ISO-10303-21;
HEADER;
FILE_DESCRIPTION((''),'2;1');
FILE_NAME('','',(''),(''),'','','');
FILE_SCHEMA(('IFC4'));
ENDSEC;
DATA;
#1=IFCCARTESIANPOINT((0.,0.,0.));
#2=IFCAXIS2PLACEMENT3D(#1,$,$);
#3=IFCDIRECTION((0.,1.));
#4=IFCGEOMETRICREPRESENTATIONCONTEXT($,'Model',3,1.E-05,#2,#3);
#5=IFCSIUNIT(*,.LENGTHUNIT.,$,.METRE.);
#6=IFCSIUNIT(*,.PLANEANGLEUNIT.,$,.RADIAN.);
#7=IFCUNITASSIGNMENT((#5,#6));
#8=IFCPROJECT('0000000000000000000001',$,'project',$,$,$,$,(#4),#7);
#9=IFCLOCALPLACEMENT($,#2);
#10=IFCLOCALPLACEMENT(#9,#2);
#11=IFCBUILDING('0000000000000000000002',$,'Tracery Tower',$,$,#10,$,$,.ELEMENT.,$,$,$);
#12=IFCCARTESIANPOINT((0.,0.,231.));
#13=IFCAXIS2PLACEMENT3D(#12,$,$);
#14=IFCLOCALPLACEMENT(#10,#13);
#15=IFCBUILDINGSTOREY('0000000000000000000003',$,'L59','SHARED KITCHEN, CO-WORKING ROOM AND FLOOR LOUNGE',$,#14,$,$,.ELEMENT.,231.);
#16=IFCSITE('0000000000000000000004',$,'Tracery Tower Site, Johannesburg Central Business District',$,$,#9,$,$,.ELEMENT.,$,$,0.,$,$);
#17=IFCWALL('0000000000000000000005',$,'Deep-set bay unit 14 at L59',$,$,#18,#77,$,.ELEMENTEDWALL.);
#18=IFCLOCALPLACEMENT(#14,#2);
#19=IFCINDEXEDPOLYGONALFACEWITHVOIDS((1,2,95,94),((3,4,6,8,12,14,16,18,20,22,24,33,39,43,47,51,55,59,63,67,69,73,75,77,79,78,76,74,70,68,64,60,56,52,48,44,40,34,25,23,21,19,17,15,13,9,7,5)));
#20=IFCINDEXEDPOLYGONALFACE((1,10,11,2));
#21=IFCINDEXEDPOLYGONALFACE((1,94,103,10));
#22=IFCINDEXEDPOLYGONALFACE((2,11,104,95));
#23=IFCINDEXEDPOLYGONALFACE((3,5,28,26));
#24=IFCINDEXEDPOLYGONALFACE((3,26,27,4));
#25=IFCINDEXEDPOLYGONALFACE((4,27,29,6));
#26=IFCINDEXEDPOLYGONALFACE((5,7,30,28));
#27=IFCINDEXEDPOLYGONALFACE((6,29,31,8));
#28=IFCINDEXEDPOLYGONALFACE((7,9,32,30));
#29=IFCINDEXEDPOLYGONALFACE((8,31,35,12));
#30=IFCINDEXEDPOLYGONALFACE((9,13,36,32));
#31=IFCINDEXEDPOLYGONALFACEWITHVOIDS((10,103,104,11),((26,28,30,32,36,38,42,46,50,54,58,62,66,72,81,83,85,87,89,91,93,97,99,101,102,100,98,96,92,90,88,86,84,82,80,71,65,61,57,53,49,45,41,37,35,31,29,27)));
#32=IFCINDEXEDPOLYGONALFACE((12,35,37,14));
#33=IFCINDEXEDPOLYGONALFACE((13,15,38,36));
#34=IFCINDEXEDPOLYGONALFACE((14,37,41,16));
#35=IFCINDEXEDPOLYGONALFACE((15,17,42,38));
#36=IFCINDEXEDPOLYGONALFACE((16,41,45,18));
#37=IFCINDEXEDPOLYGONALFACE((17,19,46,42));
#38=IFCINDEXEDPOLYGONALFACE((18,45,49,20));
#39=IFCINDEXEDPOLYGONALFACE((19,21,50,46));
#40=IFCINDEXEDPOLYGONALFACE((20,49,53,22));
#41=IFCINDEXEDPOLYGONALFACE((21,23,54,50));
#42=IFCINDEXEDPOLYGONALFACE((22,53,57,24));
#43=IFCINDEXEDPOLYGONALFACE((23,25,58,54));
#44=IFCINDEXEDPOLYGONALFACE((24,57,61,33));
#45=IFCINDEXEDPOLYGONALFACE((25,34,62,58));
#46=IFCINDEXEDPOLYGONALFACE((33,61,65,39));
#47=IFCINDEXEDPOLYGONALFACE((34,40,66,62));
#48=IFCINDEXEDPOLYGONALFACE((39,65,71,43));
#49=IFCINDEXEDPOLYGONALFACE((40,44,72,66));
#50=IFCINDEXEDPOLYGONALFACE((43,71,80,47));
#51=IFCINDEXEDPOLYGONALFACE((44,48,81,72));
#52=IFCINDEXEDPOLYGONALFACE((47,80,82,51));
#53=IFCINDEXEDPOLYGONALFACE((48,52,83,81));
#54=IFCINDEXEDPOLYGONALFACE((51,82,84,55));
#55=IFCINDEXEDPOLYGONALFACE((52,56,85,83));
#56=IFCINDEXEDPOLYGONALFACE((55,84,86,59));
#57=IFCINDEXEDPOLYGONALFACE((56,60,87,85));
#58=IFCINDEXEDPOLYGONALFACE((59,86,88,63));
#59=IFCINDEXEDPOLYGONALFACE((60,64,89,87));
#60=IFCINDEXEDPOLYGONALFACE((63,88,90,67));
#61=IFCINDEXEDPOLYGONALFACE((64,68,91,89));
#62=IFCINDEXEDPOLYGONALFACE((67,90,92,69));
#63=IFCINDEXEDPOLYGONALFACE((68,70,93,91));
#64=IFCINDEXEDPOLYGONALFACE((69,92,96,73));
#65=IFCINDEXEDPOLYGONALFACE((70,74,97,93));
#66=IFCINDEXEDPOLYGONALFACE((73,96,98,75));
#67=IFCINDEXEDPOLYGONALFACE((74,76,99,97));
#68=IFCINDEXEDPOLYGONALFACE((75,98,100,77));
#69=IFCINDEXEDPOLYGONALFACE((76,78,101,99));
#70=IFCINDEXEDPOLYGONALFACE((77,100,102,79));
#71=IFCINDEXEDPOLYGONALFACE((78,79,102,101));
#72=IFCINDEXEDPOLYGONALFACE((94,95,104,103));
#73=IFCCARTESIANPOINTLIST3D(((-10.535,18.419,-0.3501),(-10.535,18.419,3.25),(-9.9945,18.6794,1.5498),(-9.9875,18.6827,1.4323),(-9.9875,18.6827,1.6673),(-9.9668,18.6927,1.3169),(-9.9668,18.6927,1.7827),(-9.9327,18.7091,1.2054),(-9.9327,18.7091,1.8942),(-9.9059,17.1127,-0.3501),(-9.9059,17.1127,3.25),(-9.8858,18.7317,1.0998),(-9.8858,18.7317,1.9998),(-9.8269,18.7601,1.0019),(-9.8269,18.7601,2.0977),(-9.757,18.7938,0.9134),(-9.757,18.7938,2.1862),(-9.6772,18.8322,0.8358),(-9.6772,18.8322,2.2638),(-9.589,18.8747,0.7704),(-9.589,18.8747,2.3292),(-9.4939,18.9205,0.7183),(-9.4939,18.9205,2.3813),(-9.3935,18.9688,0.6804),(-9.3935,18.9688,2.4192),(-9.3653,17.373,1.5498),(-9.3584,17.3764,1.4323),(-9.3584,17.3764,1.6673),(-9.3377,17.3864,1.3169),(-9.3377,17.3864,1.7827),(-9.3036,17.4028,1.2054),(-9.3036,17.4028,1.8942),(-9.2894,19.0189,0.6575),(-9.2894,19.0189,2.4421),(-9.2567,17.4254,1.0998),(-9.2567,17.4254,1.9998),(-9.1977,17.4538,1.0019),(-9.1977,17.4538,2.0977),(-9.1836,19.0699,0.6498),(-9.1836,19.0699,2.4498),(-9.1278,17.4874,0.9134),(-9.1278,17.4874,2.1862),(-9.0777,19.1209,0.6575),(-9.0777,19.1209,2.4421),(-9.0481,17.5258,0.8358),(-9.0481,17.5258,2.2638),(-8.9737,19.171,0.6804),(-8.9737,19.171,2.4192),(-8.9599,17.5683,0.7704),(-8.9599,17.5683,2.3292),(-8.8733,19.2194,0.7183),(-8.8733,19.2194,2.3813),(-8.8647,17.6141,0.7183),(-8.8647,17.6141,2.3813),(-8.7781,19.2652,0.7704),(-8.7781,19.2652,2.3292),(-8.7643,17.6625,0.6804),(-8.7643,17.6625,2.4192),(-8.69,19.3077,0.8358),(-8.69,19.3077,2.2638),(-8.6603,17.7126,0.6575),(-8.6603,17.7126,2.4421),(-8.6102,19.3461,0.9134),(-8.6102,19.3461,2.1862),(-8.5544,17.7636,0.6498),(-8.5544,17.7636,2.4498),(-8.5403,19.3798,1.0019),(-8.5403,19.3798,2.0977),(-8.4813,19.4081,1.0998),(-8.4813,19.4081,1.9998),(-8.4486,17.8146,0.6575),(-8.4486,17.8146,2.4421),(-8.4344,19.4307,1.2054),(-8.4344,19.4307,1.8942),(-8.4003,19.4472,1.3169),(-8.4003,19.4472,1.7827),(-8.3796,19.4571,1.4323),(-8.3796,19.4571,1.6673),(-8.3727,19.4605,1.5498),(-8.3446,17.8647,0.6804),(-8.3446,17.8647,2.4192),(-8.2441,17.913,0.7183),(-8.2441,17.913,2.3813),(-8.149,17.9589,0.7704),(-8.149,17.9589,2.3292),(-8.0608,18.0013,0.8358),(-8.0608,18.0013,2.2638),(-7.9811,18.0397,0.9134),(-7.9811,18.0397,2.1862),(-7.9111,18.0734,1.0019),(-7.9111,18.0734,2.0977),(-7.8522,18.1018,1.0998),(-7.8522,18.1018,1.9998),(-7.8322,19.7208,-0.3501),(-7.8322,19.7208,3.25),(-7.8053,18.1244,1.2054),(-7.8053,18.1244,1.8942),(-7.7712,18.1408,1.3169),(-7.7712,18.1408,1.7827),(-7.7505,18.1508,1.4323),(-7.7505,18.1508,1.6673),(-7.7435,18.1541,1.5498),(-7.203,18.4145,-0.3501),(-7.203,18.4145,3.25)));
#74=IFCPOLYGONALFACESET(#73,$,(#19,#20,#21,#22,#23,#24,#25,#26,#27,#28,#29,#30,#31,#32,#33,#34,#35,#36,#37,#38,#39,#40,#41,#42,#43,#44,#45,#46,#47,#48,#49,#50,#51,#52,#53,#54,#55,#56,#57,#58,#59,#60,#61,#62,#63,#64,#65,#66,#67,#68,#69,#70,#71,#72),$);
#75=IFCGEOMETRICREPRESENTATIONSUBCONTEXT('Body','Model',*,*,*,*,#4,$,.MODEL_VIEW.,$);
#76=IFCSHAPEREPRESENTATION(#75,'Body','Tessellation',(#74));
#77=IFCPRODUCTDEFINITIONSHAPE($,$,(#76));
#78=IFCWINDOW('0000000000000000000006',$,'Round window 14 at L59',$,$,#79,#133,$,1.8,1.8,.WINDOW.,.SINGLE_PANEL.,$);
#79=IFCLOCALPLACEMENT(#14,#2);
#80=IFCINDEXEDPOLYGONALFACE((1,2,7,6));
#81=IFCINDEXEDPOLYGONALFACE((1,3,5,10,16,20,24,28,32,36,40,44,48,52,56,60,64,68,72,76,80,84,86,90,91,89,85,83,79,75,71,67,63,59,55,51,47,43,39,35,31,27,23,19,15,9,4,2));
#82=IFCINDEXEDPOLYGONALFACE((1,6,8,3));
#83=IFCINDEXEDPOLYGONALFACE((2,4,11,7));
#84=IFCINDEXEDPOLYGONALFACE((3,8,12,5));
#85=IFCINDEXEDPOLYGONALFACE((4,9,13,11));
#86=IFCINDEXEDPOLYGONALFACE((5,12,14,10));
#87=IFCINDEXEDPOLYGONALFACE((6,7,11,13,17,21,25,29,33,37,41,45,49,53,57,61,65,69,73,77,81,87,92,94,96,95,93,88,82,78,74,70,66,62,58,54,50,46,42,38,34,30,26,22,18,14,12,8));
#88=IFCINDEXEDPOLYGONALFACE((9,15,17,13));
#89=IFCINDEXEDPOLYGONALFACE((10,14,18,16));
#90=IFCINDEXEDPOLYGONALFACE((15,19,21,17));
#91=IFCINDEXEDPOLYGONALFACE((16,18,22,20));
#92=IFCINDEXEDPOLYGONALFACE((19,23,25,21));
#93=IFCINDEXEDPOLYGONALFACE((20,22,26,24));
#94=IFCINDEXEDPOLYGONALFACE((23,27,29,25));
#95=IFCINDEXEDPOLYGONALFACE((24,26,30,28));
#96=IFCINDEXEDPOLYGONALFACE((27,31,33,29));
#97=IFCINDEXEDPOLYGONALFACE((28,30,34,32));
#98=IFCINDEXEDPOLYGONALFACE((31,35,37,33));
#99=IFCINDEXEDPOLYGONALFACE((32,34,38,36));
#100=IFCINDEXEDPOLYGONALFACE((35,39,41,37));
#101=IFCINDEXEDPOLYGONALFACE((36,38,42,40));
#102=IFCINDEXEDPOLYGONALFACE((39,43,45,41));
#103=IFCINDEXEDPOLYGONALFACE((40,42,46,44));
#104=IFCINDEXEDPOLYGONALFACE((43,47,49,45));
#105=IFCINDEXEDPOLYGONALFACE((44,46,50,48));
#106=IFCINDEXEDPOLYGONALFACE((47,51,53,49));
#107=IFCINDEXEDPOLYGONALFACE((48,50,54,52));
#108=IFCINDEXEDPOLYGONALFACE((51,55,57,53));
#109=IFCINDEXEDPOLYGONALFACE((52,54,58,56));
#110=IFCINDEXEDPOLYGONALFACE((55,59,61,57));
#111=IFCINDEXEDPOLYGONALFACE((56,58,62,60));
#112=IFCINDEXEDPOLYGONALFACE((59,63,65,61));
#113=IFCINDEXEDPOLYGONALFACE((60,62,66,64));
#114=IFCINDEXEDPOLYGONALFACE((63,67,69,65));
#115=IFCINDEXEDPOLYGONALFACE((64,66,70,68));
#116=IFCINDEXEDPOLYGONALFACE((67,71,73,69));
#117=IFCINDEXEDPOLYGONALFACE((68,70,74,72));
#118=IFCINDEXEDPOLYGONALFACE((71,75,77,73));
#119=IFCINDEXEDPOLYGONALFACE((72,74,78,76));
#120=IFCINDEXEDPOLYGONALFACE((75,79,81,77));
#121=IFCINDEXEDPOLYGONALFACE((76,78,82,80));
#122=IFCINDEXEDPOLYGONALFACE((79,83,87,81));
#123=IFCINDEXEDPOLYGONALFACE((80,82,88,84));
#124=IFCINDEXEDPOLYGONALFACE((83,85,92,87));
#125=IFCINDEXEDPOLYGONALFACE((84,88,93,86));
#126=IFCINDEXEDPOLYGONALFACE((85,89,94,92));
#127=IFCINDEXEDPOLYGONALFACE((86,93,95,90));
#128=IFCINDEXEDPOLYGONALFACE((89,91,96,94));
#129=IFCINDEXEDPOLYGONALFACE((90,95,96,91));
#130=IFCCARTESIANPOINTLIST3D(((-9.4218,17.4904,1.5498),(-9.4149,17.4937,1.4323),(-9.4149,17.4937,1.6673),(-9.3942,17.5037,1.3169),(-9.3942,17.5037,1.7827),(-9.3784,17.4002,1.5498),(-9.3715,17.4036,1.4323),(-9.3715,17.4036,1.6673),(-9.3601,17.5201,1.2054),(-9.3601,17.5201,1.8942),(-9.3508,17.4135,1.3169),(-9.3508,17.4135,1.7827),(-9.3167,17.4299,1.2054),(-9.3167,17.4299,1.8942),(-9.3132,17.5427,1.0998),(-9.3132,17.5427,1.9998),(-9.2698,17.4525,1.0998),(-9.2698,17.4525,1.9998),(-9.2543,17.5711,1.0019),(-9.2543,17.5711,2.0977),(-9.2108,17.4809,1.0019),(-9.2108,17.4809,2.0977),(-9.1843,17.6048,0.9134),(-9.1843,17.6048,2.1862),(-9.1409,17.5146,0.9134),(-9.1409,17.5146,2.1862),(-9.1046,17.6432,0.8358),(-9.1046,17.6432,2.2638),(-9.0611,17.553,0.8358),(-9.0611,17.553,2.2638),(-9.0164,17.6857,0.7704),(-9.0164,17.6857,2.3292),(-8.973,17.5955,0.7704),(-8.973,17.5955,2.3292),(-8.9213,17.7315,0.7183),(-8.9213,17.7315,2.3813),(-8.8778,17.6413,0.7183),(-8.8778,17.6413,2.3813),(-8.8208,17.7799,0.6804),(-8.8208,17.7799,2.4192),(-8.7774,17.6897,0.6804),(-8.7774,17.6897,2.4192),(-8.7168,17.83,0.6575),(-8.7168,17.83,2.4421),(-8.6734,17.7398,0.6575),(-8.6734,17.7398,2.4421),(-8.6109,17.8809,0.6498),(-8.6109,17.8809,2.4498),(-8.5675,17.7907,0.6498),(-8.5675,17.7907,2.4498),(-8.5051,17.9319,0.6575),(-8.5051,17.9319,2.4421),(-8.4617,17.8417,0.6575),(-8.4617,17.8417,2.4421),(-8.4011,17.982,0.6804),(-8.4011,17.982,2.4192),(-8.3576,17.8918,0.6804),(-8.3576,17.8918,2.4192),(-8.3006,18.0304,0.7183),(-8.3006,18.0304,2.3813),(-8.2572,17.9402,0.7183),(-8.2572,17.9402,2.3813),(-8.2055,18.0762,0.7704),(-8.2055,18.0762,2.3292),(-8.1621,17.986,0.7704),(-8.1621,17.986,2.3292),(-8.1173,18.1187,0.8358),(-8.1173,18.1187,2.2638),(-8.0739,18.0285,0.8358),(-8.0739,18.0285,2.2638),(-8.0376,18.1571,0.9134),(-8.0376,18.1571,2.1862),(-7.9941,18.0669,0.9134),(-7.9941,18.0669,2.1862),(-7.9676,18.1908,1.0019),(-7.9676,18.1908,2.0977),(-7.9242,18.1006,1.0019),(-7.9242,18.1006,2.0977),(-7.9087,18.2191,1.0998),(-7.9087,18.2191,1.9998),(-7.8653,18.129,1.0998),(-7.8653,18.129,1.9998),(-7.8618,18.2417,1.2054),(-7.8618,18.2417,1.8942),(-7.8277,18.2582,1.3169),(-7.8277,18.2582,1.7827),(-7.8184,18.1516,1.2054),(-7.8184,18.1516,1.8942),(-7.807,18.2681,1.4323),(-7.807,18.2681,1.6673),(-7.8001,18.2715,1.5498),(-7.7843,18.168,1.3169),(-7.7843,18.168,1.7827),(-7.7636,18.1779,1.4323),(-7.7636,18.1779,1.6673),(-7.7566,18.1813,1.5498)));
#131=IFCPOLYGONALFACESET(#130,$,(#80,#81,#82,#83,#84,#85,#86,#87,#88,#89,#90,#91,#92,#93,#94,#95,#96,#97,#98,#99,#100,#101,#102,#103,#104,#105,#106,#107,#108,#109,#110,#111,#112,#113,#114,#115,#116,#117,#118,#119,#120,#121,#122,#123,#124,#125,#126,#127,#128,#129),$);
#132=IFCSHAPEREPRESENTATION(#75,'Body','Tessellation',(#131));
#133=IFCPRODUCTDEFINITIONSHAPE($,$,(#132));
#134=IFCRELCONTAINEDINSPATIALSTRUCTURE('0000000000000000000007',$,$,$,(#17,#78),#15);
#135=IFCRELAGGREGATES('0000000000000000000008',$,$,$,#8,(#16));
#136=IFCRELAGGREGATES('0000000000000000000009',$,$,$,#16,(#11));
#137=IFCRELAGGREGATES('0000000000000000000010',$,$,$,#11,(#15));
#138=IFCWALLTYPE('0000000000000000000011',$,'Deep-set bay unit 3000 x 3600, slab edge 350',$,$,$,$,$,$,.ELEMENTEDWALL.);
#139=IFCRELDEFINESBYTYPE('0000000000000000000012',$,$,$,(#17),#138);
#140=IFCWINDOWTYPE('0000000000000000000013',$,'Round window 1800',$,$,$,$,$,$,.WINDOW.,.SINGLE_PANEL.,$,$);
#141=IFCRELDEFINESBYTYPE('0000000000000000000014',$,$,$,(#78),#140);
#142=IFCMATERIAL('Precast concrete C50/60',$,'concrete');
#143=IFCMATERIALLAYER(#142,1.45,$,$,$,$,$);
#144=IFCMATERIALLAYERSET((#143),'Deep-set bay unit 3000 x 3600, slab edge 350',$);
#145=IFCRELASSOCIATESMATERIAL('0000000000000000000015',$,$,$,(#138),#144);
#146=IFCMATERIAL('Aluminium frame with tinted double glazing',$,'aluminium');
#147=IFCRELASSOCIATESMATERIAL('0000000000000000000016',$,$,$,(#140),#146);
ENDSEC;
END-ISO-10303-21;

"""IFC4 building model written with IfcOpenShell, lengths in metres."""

from ifc_helpers import new_model, si_unit, direction, frame, frame_2d, origin, origin_2d, place, context, subcontext, project, spatial, rectangle, circle, extrude, material, layer, layer_set, type_object, element, fill, save


model = new_model("IFC4")

# Units and contexts
model_context = context("Model", 3, precision=1e-05, world=origin(), true_north=direction((0.0, 1.0)))
body_context = subcontext(model_context, "Body", "Model", "MODEL_VIEW")
ifc_project = project(units=[si_unit("LENGTHUNIT", "METRE"), si_unit("PLANEANGLEUNIT", "RADIAN")], contexts=[model_context])

# Site, building, storey
site_placement = place(None, origin())
site = spatial("IfcSite", under=ifc_project, at=site_placement, Name="Tracery Tower Site, Johannesburg Central Business District", CompositionType="ELEMENT", RefElevation=0.0)
building_placement = place(site_placement, origin())
building = spatial("IfcBuilding", under=site, at=building_placement, Name="Tracery Tower", CompositionType="ELEMENT")
storey_placement = place(building_placement, frame((0.0, 0.0, 231.0)))
storey = spatial("IfcBuildingStorey", under=building, at=storey_placement, Name="L59", Description="SHARED KITCHEN, CO-WORKING ROOM AND FLOOR LOUNGE", CompositionType="ELEMENT", Elevation=231.0)

# Wall, opening, window
ifc_material_1 = material(Name="Precast concrete C50/60", Category="concrete")
ifc_layer_1 = layer(ifc_material_1, 1.45)
ifc_layer_set_1 = layer_set([ifc_layer_1], Name="Deep-set bay unit 3000 x 3600, slab edge 350")
wall_type_1 = type_object("IfcWallType", Name="Deep-set bay unit 3000 x 3600, slab edge 350", PredefinedType="ELEMENTEDWALL", material=ifc_layer_set_1)
wall_1_placement = place(storey_placement, frame((-7.5176, 19.0676, -0.3501), z_axis=(0.0, 0.0, 1.0), x_axis=(-0.900953, -0.433916, 0.0)))
wall_1 = element("IfcWall", 1, at=wall_1_placement, inside=storey, type_object=wall_type_1, Name="Deep-set bay unit 14 at L59", PredefinedType="ELEMENTEDWALL", context=body_context, shape_type="SweptSolid", body=[
    extrude(rectangle(XDim=3.0, YDim=1.45, at=frame_2d((1.5, 0.0))), origin(), (0.0, 0.0, 1.0), 3.6001),
])
opening_1_placement = place(wall_1_placement, frame((1.5, 0.0, 1.8999)))
opening_1 = element("IfcOpeningElement", 2, at=opening_1_placement, cuts=wall_1, PredefinedType="OPENING", context=body_context, shape_type="SweptSolid", body=[
    extrude(circle(Radius=0.9, at=origin_2d()), frame((0.0, 0.7349, 0.0), z_axis=(0.0, -1.0, 0.0), x_axis=(1.0, 0.0, 0.0)), (0.0, 0.0, 1.0), 1.47),
])
ifc_material_2 = material(Name="Aluminium frame with tinted double glazing", Category="aluminium")
window_type = type_object("IfcWindowType", Name="Round window 1800", PartitioningType="SINGLE_PANEL", PredefinedType="WINDOW", material=ifc_material_2)
window_1_placement = place(opening_1_placement, origin())
window_1 = element("IfcWindow", 3, at=window_1_placement, inside=storey, type_object=window_type, Name="Round window 14 at L59", OverallHeight=1.8, OverallWidth=1.8, PartitioningType="SINGLE_PANEL", PredefinedType="WINDOW", context=body_context, shape_type="SweptSolid", body=[
    extrude(circle(Radius=0.9, at=origin_2d()), frame((0.0, 0.6948, 0.0), z_axis=(0.0, -1.0, 0.0), x_axis=(1.0, 0.0, 0.0)), (0.0, 0.0, 1.0), 0.1001),
])
fill(opening_1, window_1)

save(model, "model.ifc")
